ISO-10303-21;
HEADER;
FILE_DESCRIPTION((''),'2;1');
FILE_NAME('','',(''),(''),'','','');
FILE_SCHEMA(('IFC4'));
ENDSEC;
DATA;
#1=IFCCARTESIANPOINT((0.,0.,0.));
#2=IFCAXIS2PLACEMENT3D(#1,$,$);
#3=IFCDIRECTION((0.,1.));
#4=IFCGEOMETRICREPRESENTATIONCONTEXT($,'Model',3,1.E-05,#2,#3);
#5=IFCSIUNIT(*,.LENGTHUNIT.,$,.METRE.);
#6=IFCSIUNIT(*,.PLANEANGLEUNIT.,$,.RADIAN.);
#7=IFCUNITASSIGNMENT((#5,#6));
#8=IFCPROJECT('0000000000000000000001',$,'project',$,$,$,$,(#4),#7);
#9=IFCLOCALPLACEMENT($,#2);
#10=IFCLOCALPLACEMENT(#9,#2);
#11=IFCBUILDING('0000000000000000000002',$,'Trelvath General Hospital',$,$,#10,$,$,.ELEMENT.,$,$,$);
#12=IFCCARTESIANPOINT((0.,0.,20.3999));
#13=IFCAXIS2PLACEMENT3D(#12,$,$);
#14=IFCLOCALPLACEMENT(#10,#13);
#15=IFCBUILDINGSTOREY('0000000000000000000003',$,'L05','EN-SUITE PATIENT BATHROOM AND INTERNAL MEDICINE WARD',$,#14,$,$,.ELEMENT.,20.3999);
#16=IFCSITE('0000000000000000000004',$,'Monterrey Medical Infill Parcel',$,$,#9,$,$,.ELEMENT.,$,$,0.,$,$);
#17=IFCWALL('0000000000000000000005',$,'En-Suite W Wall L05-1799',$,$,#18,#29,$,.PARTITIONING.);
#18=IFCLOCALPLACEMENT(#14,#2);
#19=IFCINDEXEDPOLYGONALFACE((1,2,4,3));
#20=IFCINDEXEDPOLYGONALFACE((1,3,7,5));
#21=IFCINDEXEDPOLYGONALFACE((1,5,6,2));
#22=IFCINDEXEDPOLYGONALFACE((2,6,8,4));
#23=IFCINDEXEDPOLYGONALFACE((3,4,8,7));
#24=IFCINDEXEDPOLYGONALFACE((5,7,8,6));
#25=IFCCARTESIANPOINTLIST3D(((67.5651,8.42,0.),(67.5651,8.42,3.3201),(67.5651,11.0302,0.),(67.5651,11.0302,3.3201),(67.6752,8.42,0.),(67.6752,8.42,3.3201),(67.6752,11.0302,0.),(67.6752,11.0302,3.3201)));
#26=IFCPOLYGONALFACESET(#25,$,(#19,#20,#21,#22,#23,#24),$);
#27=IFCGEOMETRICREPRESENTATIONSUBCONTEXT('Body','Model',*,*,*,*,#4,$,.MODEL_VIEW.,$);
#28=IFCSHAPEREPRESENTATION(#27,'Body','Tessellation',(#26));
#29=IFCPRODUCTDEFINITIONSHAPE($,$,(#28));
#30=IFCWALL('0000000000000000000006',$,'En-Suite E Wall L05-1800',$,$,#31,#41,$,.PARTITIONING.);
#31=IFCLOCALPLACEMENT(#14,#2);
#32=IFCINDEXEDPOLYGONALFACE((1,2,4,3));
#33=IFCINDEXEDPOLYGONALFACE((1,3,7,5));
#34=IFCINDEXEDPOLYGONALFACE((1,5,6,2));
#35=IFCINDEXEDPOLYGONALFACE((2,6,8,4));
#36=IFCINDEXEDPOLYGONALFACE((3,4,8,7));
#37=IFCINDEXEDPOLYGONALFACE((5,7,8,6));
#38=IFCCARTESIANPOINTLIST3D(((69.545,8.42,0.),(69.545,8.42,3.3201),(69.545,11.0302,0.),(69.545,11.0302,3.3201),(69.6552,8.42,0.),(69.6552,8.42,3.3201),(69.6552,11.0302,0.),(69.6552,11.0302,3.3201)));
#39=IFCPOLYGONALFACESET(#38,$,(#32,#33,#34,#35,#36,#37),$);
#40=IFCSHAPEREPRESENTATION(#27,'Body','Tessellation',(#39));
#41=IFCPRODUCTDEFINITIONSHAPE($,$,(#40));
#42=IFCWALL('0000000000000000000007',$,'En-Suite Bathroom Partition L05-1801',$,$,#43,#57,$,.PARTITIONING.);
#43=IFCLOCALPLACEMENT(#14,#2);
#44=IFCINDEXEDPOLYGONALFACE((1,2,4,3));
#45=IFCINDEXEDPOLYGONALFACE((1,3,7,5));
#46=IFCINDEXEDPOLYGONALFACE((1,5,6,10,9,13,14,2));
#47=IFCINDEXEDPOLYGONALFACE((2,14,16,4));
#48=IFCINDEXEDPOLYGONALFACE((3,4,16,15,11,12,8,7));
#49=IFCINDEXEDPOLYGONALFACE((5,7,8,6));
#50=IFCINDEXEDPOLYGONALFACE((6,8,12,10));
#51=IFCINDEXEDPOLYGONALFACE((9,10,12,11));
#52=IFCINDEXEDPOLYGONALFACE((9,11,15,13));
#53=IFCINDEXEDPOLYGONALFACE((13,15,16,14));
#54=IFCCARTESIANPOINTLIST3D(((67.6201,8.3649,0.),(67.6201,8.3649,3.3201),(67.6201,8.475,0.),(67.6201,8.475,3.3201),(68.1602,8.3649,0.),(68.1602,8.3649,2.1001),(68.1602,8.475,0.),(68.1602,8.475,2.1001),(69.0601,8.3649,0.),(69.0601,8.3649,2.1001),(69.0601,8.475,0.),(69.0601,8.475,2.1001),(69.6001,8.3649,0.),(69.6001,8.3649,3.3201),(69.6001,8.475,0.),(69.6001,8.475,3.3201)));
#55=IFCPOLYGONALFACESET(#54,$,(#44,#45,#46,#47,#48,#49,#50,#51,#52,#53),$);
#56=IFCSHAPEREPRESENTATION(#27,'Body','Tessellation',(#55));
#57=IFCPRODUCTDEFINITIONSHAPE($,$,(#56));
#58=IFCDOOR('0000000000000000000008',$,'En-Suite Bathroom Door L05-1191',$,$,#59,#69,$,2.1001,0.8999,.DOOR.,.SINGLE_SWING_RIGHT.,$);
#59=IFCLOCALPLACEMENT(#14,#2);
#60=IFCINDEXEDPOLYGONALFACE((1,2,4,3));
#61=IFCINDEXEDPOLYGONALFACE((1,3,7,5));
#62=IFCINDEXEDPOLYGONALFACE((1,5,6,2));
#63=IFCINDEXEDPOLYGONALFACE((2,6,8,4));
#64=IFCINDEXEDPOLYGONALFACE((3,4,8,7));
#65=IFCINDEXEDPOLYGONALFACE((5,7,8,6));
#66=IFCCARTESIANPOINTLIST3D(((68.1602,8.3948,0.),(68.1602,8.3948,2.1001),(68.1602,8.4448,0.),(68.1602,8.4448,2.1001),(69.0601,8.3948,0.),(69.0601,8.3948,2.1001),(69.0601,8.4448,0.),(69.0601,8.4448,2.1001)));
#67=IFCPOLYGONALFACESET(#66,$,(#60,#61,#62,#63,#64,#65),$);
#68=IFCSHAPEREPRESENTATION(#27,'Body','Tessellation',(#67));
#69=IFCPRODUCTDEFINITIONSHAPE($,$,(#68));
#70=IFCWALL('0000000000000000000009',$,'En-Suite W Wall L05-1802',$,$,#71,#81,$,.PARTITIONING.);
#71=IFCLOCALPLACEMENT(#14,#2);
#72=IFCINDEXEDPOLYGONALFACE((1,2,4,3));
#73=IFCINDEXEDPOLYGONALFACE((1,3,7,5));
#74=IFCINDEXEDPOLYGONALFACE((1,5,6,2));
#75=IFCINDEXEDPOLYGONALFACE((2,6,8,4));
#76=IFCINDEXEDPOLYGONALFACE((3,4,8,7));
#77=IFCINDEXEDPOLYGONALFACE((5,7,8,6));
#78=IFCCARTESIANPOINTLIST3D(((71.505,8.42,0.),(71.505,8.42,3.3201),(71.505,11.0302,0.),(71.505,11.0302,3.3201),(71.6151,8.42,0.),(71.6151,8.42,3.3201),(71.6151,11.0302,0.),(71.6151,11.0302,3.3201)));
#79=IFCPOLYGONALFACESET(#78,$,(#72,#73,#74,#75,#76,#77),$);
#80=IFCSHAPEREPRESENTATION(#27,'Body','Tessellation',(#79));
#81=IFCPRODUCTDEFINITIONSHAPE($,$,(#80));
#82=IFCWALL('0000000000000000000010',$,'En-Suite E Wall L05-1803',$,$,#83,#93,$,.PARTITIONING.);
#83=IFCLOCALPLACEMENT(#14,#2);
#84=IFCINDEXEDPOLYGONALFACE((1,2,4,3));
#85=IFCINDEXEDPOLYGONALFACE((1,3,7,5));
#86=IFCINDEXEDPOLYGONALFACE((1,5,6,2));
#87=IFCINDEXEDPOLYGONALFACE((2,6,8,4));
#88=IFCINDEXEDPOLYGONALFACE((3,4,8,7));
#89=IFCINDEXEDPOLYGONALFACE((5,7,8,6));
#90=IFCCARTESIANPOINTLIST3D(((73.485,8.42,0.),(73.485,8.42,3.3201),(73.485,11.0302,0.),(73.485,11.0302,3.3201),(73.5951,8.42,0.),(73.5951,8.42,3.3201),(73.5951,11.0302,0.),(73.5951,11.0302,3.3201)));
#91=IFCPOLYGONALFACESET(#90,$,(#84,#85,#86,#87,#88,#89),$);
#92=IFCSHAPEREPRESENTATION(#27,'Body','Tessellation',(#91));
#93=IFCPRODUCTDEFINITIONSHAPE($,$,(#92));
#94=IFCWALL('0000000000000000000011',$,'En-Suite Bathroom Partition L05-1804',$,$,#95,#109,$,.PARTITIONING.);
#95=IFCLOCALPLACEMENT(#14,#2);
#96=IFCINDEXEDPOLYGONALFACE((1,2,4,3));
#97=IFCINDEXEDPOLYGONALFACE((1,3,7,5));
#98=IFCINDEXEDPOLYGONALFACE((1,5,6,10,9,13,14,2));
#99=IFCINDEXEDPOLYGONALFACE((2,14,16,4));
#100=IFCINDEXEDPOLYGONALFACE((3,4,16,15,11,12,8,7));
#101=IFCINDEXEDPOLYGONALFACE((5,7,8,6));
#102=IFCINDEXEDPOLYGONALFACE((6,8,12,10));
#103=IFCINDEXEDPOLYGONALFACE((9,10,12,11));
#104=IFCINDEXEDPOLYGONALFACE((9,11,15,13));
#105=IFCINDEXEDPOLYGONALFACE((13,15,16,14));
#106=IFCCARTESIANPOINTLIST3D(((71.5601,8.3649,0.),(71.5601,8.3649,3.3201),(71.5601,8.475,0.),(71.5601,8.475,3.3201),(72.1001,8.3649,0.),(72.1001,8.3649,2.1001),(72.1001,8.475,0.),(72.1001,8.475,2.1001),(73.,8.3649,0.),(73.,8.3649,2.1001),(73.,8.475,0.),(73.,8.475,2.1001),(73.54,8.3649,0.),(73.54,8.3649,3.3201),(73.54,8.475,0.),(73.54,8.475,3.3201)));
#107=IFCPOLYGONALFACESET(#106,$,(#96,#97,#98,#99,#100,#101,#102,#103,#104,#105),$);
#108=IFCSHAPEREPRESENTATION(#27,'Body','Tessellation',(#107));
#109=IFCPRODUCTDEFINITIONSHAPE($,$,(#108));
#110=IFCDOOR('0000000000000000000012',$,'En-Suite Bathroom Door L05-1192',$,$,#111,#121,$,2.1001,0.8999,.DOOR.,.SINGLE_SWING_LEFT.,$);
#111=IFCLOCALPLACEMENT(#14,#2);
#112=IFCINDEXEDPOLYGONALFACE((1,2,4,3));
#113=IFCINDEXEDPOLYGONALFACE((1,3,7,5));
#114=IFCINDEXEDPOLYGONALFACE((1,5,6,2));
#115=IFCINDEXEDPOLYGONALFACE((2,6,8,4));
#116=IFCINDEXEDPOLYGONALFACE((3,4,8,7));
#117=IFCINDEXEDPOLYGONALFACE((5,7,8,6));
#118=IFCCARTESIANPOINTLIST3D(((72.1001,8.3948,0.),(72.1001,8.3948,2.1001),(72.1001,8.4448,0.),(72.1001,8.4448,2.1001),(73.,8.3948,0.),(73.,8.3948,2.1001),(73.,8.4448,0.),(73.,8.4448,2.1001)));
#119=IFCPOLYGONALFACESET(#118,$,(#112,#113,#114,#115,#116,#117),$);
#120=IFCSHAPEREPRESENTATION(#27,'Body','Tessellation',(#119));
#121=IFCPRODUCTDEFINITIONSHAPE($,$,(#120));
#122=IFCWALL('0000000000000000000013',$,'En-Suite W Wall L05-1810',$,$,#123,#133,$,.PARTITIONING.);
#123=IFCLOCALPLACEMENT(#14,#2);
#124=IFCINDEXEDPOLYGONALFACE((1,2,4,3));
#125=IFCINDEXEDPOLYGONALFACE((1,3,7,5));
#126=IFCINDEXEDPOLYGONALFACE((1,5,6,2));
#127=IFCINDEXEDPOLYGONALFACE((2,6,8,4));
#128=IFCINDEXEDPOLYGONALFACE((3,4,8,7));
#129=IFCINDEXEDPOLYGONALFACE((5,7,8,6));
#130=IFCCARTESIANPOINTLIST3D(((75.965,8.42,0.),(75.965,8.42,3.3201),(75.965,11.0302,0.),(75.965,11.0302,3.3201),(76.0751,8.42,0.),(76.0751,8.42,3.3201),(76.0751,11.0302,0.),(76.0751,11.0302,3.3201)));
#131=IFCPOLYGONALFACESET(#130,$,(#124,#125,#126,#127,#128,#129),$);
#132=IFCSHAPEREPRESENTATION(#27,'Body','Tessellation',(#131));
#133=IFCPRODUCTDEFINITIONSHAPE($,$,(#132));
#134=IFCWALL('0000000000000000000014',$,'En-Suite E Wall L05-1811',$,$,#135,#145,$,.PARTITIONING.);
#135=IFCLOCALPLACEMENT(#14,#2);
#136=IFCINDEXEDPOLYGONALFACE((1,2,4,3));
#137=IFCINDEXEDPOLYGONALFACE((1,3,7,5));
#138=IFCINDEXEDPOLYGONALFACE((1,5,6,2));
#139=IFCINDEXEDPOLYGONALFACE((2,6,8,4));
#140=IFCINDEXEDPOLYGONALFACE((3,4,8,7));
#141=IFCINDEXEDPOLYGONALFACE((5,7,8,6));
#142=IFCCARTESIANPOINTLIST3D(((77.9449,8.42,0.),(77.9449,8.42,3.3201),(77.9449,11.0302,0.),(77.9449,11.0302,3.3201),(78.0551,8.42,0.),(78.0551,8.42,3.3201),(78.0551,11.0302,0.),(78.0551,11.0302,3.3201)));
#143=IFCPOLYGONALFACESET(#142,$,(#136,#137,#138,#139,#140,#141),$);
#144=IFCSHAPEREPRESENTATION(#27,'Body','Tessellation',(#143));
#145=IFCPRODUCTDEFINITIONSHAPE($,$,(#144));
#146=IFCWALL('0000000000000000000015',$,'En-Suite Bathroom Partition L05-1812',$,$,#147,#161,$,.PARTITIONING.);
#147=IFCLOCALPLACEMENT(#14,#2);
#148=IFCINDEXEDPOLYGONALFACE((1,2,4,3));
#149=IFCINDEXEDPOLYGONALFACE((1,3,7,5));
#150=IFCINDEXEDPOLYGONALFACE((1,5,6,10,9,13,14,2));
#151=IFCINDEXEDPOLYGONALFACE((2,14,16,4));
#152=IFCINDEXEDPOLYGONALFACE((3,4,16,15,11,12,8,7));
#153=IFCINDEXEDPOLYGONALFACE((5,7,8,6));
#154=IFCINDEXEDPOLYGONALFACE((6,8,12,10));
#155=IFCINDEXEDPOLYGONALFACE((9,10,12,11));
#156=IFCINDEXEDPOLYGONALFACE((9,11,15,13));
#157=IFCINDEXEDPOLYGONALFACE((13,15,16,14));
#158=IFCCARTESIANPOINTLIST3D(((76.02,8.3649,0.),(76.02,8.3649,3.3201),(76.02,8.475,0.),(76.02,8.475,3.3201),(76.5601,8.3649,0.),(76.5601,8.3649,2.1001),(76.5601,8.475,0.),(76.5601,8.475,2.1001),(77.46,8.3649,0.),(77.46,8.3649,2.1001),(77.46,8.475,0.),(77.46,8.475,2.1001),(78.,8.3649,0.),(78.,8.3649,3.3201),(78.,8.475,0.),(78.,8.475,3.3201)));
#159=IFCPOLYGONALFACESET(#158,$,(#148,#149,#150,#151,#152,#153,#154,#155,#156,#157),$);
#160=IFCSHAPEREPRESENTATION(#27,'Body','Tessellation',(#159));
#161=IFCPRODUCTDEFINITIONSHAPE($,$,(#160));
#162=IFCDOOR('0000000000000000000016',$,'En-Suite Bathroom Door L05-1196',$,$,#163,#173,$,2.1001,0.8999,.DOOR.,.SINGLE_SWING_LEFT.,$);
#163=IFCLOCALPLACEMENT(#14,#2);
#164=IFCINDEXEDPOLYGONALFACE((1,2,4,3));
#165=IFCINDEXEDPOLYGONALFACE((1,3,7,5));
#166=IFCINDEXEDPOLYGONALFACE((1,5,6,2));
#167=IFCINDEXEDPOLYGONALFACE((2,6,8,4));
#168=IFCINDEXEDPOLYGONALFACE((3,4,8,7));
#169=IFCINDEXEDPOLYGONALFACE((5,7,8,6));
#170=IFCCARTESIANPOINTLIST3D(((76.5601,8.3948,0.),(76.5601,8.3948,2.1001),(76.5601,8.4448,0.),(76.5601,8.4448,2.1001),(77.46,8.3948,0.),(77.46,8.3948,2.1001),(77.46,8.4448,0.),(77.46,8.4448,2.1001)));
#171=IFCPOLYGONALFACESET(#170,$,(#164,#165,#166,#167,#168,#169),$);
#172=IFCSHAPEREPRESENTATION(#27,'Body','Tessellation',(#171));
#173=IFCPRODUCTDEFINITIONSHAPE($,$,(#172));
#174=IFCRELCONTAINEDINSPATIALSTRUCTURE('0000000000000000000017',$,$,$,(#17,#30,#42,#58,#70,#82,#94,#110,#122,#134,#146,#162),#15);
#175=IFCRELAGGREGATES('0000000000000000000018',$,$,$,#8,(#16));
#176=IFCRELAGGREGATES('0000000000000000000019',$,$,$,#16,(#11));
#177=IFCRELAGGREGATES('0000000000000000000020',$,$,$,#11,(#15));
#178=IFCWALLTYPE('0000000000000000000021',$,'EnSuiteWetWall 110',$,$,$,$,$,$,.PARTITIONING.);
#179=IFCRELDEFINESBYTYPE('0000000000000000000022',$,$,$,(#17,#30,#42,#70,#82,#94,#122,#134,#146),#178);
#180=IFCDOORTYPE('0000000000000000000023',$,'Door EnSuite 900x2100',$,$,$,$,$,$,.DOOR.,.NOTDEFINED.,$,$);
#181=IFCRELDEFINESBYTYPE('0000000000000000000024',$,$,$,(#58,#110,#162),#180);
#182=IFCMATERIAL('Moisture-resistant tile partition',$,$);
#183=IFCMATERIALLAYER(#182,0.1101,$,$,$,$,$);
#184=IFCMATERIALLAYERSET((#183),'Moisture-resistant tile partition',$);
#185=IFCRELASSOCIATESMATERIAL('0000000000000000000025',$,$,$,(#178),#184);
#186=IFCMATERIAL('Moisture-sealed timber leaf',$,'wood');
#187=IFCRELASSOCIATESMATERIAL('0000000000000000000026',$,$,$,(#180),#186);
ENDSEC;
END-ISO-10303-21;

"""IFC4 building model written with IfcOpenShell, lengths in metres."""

from ifc_helpers import new_model, si_unit, direction, frame, frame_2d, origin, place, context, subcontext, project, spatial, rectangle, extrude, material, layer, layer_set, type_object, element, fill, save


model = new_model("IFC4")

# Units and contexts
model_context = context("Model", 3, precision=1e-05, world=origin(), true_north=direction((0.0, 1.0)))
body_context = subcontext(model_context, "Body", "Model", "MODEL_VIEW")
ifc_project = project(units=[si_unit("LENGTHUNIT", "METRE"), si_unit("PLANEANGLEUNIT", "RADIAN")], contexts=[model_context])

# Site, building, storey
site_placement = place(None, origin())
site = spatial("IfcSite", under=ifc_project, at=site_placement, Name="Monterrey Medical Infill Parcel", CompositionType="ELEMENT", RefElevation=0.0)
building_placement = place(site_placement, origin())
building = spatial("IfcBuilding", under=site, at=building_placement, Name="Trelvath General Hospital", CompositionType="ELEMENT")
storey_placement = place(building_placement, frame((0.0, 0.0, 20.3999)))
storey = spatial("IfcBuildingStorey", under=building, at=storey_placement, Name="L05", Description="EN-SUITE PATIENT BATHROOM AND INTERNAL MEDICINE WARD", CompositionType="ELEMENT", Elevation=20.3999)

# Walls
ifc_material_1 = material(Name="Moisture-resistant tile partition")
ifc_layer_1 = layer(ifc_material_1, 0.1101)
ifc_layer_set_1 = layer_set([ifc_layer_1], Name="Moisture-resistant tile partition")
wall_type_1 = type_object("IfcWallType", Name="EnSuiteWetWall 110", PredefinedType="PARTITIONING", material=ifc_layer_set_1)
for number, where, z_axis, x_axis, name in (
    (1, (67.6201, 8.4199, 0.0), (0.0, 0.0, 1.0), (0.0, 1.0, 0.0), "En-Suite W Wall L05-1799"),
    (2, (69.6001, 8.4199, 0.0), (0.0, 0.0, 1.0), (0.0, 1.0, 0.0), "En-Suite E Wall L05-1800"),
):
    element("IfcWall", number, at=place(storey_placement, frame(where, z_axis=z_axis, x_axis=x_axis)), inside=storey, type_object=wall_type_1, Name=name, PredefinedType="PARTITIONING", context=body_context, shape_type="SweptSolid", body=[
        extrude(rectangle(XDim=2.6101, YDim=0.1101, at=frame_2d((1.3052, 0.0))), origin(), (0.0, 0.0, 1.0), 3.3201),
    ])

# Wall, opening, door
wall_1_placement = place(storey_placement, frame((67.6201, 8.4199, 0.0), z_axis=(0.0, 0.0, 1.0), x_axis=(1.0, 0.0, 0.0)))
wall_1 = element("IfcWall", 3, at=wall_1_placement, inside=storey, type_object=wall_type_1, Name="En-Suite Bathroom Partition L05-1801", PredefinedType="PARTITIONING", context=body_context, shape_type="SweptSolid", body=[
    extrude(rectangle(XDim=1.98, YDim=0.1101, at=frame_2d((0.99, 0.0))), origin(), (0.0, 0.0, 1.0), 3.3201),
])
opening_1_placement = place(wall_1_placement, frame((0.54, 0.0, 0.0)))
opening_1 = element("IfcOpeningElement", 4, at=opening_1_placement, cuts=wall_1, PredefinedType="OPENING", context=body_context, shape_type="SweptSolid", body=[
    extrude(rectangle(XDim=0.8999, YDim=2.1001, at=frame_2d((0.45, 1.05))), frame((0.0, 0.0649, 0.0), z_axis=(0.0, -1.0, 0.0), x_axis=(1.0, 0.0, 0.0)), (0.0, 0.0, 1.0), 0.1301),
])
ifc_material_2 = material(Name="Moisture-sealed timber leaf", Category="wood")
door_type = type_object("IfcDoorType", Name="Door EnSuite 900x2100", OperationType="NOTDEFINED", PredefinedType="DOOR", material=ifc_material_2)
door_1_placement = place(opening_1_placement, origin())
door_1 = element("IfcDoor", 5, at=door_1_placement, inside=storey, type_object=door_type, Name="En-Suite Bathroom Door L05-1191", OperationType="SINGLE_SWING_RIGHT", OverallHeight=2.1001, OverallWidth=0.8999, PredefinedType="DOOR", context=body_context, shape_type="SweptSolid", body=[
    extrude(rectangle(XDim=0.8999, YDim=2.1001, at=frame_2d((0.45, 1.05))), frame((0.0, 0.0249, 0.0), z_axis=(0.0, -1.0, 0.0), x_axis=(1.0, 0.0, 0.0)), (0.0, 0.0, 1.0), 0.05),
])
fill(opening_1, door_1)

# Walls
for number, where, z_axis, x_axis, name in (
    (6, (71.5601, 8.4199, 0.0), (0.0, 0.0, 1.0), (0.0, 1.0, 0.0), "En-Suite W Wall L05-1802"),
    (7, (73.54, 8.4199, 0.0), (0.0, 0.0, 1.0), (0.0, 1.0, 0.0), "En-Suite E Wall L05-1803"),
):
    element("IfcWall", number, at=place(storey_placement, frame(where, z_axis=z_axis, x_axis=x_axis)), inside=storey, type_object=wall_type_1, Name=name, PredefinedType="PARTITIONING", context=body_context, shape_type="SweptSolid", body=[
        extrude(rectangle(XDim=2.6101, YDim=0.1101, at=frame_2d((1.3052, 0.0))), origin(), (0.0, 0.0, 1.0), 3.3201),
    ])

# Wall, opening, door
wall_2_placement = place(storey_placement, frame((71.5601, 8.4199, 0.0), z_axis=(0.0, 0.0, 1.0), x_axis=(1.0, 0.0, 0.0)))
wall_2 = element("IfcWall", 8, at=wall_2_placement, inside=storey, type_object=wall_type_1, Name="En-Suite Bathroom Partition L05-1804", PredefinedType="PARTITIONING", context=body_context, shape_type="SweptSolid", body=[
    extrude(rectangle(XDim=1.98, YDim=0.1101, at=frame_2d((0.99, 0.0))), origin(), (0.0, 0.0, 1.0), 3.3201),
])
opening_2_placement = place(wall_2_placement, frame((0.54, 0.0, 0.0)))
opening_2 = element("IfcOpeningElement", 9, at=opening_2_placement, cuts=wall_2, PredefinedType="OPENING", context=body_context, shape_type="SweptSolid", body=[
    extrude(rectangle(XDim=0.8999, YDim=2.1001, at=frame_2d((0.45, 1.05))), frame((0.0, 0.0649, 0.0), z_axis=(0.0, -1.0, 0.0), x_axis=(1.0, 0.0, 0.0)), (0.0, 0.0, 1.0), 0.1301),
])
door_2_placement = place(opening_2_placement, origin())
door_2 = element("IfcDoor", 10, at=door_2_placement, inside=storey, type_object=door_type, Name="En-Suite Bathroom Door L05-1192", OperationType="SINGLE_SWING_LEFT", OverallHeight=2.1001, OverallWidth=0.8999, PredefinedType="DOOR", context=body_context, shape_type="SweptSolid", body=[
    extrude(rectangle(XDim=0.8999, YDim=2.1001, at=frame_2d((0.45, 1.05))), frame((0.0, 0.0249, 0.0), z_axis=(0.0, -1.0, 0.0), x_axis=(1.0, 0.0, 0.0)), (0.0, 0.0, 1.0), 0.05),
])
fill(opening_2, door_2)

# Walls
for number, where, z_axis, x_axis, name in (
    (11, (76.02, 8.4199, 0.0), (0.0, 0.0, 1.0), (0.0, 1.0, 0.0), "En-Suite W Wall L05-1810"),
    (12, (78.0, 8.4199, 0.0), (0.0, 0.0, 1.0), (0.0, 1.0, 0.0), "En-Suite E Wall L05-1811"),
):
    element("IfcWall", number, at=place(storey_placement, frame(where, z_axis=z_axis, x_axis=x_axis)), inside=storey, type_object=wall_type_1, Name=name, PredefinedType="PARTITIONING", context=body_context, shape_type="SweptSolid", body=[
        extrude(rectangle(XDim=2.6101, YDim=0.1101, at=frame_2d((1.3052, 0.0))), origin(), (0.0, 0.0, 1.0), 3.3201),
    ])

# Wall, opening, door
wall_3_placement = place(storey_placement, frame((76.02, 8.4199, 0.0), z_axis=(0.0, 0.0, 1.0), x_axis=(1.0, 0.0, 0.0)))
wall_3 = element("IfcWall", 13, at=wall_3_placement, inside=storey, type_object=wall_type_1, Name="En-Suite Bathroom Partition L05-1812", PredefinedType="PARTITIONING", context=body_context, shape_type="SweptSolid", body=[
    extrude(rectangle(XDim=1.98, YDim=0.1101, at=frame_2d((0.99, 0.0))), origin(), (0.0, 0.0, 1.0), 3.3201),
])
opening_3_placement = place(wall_3_placement, frame((0.54, 0.0, 0.0)))
opening_3 = element("IfcOpeningElement", 14, at=opening_3_placement, cuts=wall_3, PredefinedType="OPENING", context=body_context, shape_type="SweptSolid", body=[
    extrude(rectangle(XDim=0.8999, YDim=2.1001, at=frame_2d((0.45, 1.05))), frame((0.0, 0.0649, 0.0), z_axis=(0.0, -1.0, 0.0), x_axis=(1.0, 0.0, 0.0)), (0.0, 0.0, 1.0), 0.1301),
])
door_3_placement = place(opening_3_placement, origin())
door_3 = element("IfcDoor", 15, at=door_3_placement, inside=storey, type_object=door_type, Name="En-Suite Bathroom Door L05-1196", OperationType="SINGLE_SWING_LEFT", OverallHeight=2.1001, OverallWidth=0.8999, PredefinedType="DOOR", context=body_context, shape_type="SweptSolid", body=[
    extrude(rectangle(XDim=0.8999, YDim=2.1001, at=frame_2d((0.45, 1.05))), frame((0.0, 0.0249, 0.0), z_axis=(0.0, -1.0, 0.0), x_axis=(1.0, 0.0, 0.0)), (0.0, 0.0, 1.0), 0.05),
])
fill(opening_3, door_3)

save(model, "model.ifc")
